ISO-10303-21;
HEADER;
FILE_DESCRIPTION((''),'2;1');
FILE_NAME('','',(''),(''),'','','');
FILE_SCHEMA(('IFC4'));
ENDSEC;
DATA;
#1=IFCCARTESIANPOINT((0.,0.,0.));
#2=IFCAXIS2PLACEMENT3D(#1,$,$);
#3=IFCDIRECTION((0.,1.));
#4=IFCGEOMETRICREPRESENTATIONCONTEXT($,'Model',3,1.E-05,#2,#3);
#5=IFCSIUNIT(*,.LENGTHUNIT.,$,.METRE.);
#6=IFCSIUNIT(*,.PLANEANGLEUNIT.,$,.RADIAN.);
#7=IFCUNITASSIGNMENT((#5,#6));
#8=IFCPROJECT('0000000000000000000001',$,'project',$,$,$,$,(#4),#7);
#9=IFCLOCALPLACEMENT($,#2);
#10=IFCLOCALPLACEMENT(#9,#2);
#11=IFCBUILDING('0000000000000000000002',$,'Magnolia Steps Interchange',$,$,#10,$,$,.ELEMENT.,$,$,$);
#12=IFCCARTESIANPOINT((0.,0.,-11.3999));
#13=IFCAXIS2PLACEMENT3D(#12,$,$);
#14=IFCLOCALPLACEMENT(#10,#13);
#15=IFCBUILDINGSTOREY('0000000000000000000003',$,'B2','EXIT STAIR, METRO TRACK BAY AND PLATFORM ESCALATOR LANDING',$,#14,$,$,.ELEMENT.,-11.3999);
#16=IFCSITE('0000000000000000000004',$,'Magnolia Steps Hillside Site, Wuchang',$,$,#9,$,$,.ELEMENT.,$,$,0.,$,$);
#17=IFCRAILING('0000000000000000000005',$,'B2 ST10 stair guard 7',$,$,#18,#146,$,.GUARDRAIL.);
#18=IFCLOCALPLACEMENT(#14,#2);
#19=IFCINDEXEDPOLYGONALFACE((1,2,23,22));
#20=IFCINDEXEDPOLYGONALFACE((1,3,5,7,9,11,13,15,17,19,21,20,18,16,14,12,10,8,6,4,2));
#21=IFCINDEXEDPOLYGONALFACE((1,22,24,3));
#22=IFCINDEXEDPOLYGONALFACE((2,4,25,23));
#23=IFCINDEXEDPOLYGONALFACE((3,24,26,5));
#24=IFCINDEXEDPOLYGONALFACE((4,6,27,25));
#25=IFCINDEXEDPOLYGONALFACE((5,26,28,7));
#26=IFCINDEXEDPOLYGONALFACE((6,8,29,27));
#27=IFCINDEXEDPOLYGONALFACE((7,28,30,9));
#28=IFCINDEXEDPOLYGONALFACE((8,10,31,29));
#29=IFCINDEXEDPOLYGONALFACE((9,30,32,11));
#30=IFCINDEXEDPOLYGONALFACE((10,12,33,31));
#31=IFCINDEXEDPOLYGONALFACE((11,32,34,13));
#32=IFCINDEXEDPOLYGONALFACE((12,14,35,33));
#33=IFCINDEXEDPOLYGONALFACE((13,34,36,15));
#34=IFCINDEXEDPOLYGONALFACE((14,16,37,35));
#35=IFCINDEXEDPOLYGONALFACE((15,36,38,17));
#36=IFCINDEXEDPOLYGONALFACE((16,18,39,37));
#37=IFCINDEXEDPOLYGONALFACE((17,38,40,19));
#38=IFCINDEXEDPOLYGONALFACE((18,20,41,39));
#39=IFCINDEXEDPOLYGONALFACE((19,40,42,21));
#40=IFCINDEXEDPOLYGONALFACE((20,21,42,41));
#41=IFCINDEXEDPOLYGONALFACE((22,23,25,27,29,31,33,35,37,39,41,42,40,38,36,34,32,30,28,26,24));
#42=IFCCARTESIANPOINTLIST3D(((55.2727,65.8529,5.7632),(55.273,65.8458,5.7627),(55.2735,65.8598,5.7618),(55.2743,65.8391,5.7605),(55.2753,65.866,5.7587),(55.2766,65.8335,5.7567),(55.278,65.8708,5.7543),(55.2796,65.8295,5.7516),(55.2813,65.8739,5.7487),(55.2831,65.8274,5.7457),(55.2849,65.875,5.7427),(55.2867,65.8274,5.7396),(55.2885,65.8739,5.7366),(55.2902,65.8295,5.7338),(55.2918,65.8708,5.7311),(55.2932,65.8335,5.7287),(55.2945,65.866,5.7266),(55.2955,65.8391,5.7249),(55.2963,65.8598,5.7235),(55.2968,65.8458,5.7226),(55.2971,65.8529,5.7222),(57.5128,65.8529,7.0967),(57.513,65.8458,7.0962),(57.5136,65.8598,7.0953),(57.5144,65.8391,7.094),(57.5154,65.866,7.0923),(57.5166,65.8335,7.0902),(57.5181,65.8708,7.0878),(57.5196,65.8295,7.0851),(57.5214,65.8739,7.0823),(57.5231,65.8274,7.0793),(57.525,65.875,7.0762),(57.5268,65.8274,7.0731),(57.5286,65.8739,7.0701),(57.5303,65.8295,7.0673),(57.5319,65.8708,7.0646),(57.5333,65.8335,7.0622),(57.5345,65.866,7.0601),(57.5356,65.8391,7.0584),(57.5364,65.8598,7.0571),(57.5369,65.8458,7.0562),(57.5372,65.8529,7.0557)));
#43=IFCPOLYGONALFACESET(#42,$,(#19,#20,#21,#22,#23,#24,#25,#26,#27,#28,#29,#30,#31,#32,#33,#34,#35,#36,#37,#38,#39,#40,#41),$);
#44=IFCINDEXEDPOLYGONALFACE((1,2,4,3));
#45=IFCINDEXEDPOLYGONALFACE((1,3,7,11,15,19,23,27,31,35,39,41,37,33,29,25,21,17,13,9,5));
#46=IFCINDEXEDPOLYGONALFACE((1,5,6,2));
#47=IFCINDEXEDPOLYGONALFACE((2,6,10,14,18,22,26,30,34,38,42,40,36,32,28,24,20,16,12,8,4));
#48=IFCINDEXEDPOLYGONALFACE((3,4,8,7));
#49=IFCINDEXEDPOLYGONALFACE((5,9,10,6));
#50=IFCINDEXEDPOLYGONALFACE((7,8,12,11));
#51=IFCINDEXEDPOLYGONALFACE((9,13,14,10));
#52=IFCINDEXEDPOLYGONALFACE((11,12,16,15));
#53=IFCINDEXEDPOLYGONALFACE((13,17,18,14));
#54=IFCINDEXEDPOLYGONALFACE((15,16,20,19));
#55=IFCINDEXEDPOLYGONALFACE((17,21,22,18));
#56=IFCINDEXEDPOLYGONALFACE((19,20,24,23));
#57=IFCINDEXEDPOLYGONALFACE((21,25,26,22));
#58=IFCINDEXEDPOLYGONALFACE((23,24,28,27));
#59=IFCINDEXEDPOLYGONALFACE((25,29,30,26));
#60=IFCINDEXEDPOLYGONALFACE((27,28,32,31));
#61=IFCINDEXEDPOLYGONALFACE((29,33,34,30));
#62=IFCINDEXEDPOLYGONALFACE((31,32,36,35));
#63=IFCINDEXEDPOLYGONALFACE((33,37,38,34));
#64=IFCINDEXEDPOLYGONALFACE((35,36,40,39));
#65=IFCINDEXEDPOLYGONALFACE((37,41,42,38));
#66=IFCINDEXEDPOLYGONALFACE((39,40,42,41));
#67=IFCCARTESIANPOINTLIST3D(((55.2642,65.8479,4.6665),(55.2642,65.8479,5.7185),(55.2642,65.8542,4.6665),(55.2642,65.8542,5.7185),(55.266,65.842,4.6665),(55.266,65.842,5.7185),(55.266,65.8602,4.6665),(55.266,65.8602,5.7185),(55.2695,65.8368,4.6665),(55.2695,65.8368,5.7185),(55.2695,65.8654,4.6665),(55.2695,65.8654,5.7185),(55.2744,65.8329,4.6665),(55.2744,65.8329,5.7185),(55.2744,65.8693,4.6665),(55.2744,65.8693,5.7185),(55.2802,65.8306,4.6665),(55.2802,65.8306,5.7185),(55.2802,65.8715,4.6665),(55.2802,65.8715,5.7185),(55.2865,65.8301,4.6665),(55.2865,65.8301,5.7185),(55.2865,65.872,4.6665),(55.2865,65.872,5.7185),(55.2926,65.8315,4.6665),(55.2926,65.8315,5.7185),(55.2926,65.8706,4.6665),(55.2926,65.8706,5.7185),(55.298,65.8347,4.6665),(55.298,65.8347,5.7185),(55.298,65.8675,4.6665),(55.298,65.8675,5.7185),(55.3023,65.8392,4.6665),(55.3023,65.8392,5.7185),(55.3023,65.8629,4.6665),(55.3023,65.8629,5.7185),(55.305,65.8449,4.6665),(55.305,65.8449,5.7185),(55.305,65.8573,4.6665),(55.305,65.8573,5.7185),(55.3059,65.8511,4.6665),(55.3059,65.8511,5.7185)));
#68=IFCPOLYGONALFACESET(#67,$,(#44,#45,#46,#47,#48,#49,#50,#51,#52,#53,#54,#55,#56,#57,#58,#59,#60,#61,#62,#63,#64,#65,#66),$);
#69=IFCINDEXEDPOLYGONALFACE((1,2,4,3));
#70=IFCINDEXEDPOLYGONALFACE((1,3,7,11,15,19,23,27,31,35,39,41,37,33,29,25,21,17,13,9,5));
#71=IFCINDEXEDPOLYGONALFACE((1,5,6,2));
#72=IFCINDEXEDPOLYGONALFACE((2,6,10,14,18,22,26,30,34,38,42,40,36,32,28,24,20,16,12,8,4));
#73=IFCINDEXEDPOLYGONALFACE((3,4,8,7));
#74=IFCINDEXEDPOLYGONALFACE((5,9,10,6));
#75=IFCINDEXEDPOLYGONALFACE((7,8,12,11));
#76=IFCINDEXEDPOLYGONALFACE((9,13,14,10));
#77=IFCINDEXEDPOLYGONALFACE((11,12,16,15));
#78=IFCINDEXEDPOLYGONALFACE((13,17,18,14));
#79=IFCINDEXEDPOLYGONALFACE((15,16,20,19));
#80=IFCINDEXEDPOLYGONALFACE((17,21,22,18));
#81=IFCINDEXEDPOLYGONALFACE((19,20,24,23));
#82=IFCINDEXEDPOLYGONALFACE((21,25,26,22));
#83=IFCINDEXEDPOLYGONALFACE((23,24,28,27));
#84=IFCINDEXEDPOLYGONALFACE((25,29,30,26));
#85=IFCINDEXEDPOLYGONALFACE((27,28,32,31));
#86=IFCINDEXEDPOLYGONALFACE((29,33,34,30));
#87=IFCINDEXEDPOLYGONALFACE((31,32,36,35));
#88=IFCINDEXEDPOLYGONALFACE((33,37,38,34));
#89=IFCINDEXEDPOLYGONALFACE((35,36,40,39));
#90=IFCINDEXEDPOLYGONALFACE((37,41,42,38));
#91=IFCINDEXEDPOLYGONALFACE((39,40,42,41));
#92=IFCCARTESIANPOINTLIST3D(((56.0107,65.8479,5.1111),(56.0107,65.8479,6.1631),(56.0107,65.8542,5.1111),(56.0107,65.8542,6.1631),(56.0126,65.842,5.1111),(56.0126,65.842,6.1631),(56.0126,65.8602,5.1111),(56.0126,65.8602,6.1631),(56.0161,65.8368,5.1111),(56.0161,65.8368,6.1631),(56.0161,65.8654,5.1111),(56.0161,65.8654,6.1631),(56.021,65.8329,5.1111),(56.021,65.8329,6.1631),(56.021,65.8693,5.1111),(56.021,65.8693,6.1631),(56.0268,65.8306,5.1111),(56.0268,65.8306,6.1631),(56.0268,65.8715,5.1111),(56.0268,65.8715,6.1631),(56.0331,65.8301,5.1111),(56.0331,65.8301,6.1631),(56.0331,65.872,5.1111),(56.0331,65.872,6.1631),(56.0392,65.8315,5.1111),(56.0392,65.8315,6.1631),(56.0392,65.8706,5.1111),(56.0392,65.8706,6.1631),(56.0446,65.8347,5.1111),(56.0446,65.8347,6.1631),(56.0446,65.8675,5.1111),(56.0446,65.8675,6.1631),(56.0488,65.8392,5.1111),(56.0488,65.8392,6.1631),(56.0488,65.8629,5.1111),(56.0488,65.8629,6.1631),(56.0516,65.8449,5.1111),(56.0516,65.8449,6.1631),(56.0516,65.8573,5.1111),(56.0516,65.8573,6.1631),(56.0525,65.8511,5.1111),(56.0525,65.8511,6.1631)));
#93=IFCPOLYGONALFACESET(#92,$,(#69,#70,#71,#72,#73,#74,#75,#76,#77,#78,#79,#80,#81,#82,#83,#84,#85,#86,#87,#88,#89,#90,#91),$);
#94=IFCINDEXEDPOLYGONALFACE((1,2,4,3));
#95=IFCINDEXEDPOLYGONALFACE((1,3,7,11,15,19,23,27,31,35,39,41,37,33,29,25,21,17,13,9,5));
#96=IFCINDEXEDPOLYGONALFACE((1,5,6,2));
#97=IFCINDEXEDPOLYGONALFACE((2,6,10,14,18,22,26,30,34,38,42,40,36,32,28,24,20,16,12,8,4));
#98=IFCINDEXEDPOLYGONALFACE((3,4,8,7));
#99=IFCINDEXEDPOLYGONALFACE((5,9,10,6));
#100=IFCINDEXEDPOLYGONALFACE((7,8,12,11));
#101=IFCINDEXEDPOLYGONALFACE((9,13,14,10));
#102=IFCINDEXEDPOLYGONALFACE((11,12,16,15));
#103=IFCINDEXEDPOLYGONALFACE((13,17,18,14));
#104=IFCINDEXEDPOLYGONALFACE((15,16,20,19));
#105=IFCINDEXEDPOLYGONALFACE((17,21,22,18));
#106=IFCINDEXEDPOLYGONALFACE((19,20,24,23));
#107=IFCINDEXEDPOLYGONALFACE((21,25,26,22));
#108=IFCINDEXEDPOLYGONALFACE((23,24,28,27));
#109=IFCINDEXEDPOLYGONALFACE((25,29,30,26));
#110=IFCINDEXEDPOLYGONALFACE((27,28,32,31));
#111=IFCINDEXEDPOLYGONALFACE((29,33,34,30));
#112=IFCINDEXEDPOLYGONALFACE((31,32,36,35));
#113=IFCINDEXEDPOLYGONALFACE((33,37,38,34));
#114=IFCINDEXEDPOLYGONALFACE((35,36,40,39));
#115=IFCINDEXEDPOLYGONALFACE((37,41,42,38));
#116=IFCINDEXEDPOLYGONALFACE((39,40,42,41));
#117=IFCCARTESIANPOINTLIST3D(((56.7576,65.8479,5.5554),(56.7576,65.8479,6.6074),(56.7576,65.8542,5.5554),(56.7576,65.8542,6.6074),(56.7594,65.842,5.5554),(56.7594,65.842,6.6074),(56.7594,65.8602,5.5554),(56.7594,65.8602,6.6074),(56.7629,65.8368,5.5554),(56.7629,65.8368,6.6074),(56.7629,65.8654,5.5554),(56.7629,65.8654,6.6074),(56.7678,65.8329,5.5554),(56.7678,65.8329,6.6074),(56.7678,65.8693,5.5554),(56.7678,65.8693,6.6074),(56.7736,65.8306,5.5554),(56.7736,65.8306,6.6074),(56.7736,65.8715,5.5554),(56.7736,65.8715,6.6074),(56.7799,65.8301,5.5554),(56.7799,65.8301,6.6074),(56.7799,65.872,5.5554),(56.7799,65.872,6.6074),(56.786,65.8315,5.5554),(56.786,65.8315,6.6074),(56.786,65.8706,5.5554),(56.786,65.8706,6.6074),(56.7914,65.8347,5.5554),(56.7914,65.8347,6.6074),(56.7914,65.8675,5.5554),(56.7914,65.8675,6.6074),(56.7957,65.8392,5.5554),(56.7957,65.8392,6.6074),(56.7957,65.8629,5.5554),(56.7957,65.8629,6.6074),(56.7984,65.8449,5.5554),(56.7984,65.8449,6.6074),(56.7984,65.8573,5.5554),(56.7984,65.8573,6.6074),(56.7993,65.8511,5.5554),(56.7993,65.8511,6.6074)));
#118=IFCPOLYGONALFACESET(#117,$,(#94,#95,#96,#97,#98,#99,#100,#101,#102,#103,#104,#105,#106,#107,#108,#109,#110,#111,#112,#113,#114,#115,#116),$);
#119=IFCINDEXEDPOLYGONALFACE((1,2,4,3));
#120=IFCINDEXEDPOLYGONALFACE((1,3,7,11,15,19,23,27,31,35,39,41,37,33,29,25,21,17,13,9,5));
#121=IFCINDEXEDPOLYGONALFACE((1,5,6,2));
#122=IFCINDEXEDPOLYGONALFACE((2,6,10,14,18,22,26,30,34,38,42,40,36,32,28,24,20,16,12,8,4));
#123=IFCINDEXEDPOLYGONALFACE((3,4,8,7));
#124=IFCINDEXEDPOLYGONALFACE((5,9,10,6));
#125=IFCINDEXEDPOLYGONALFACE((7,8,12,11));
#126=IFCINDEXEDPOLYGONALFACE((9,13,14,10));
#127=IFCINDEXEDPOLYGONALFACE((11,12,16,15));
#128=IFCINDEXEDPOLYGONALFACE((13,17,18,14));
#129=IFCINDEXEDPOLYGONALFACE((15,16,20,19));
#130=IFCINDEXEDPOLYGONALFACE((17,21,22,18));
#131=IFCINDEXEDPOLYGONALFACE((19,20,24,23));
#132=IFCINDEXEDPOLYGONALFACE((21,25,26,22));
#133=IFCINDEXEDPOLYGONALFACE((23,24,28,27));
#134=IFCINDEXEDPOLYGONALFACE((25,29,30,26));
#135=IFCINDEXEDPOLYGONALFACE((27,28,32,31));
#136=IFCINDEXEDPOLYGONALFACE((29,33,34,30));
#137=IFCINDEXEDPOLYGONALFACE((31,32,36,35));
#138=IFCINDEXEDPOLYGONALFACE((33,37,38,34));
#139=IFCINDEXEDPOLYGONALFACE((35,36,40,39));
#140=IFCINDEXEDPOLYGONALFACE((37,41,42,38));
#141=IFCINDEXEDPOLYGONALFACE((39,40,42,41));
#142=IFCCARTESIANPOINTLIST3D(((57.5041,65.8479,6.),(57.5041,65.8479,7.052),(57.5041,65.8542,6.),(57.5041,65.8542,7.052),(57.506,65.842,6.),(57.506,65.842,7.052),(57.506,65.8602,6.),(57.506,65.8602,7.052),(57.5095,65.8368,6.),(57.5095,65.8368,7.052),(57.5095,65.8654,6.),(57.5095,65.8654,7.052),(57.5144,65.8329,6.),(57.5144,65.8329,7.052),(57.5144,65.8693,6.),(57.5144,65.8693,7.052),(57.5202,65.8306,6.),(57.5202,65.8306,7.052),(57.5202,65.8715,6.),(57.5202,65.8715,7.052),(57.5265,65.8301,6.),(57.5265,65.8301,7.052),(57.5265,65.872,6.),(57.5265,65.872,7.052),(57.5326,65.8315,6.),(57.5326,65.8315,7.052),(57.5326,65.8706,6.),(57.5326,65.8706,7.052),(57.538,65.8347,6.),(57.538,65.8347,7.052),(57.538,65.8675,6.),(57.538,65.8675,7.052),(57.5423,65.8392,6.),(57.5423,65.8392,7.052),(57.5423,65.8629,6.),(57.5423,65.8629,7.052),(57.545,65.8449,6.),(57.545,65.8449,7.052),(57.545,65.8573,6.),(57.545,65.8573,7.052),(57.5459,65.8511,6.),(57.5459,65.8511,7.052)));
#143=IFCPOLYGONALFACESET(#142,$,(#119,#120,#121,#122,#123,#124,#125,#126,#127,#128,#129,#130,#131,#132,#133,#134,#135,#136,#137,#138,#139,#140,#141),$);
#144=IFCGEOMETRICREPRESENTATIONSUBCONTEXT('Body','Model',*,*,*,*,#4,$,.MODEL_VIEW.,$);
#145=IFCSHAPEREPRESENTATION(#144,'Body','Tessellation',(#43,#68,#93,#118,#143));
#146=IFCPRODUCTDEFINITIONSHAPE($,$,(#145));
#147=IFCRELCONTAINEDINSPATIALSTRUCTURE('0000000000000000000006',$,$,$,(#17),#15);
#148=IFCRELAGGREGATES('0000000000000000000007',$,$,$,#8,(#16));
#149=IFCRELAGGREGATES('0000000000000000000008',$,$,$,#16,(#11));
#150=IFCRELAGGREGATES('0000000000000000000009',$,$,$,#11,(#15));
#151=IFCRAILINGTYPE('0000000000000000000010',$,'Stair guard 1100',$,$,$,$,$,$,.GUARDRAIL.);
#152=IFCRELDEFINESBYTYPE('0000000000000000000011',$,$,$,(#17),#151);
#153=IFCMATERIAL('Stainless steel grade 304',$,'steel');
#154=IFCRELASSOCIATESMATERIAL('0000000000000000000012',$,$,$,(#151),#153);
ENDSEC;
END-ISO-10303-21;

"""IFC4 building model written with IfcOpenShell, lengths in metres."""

from ifc_helpers import new_model, si_unit, direction, frame, origin, origin_2d, place, context, subcontext, project, spatial, circle, extrude, material, type_object, element, save


model = new_model("IFC4")

# Units and contexts
model_context = context("Model", 3, precision=1e-05, world=origin(), true_north=direction((0.0, 1.0)))
body_context = subcontext(model_context, "Body", "Model", "MODEL_VIEW")
ifc_project = project(units=[si_unit("LENGTHUNIT", "METRE"), si_unit("PLANEANGLEUNIT", "RADIAN")], contexts=[model_context])

# Site, building, storey
site_placement = place(None, origin())
site = spatial("IfcSite", under=ifc_project, at=site_placement, Name="Magnolia Steps Hillside Site, Wuchang", CompositionType="ELEMENT", RefElevation=0.0)
building_placement = place(site_placement, origin())
building = spatial("IfcBuilding", under=site, at=building_placement, Name="Magnolia Steps Interchange", CompositionType="ELEMENT")
storey_placement = place(building_placement, frame((0.0, 0.0, -11.3999)))
storey = spatial("IfcBuildingStorey", under=building, at=storey_placement, Name="B2", Description="EXIT STAIR, METRO TRACK BAY AND PLATFORM ESCALATOR LANDING", CompositionType="ELEMENT", Elevation=-11.3999)

# Railing
ifc_material_1 = material(Name="Stainless steel grade 304", Category="steel")
railing_type_1 = type_object("IfcRailingType", Name="Stair guard 1100", PredefinedType="GUARDRAIL", material=ifc_material_1)
railing_1_placement = place(storey_placement, frame((55.2849, 65.8511, 4.6665)))
element("IfcRailing", 1, at=railing_1_placement, inside=storey, type_object=railing_type_1, Name="B2 ST10 stair guard 7", PredefinedType="GUARDRAIL", context=body_context, shape_type="SweptSolid", body=[
    extrude(circle(Radius=0.0239, at=origin_2d()), frame((0.0, 0.0, 1.0762), z_axis=(0.859264, 0.0, 0.511532), x_axis=(0.0, 1.0, 0.0)), (0.0, 0.0, 1.0), 2.6069),
    extrude(circle(Radius=0.021, at=origin_2d()), origin(), (0.0, 0.0, 1.0), 1.052),
    extrude(circle(Radius=0.021, at=origin_2d()), frame((0.7466, 0.0, 0.4446)), (0.0, 0.0, 1.0), 1.052),
    extrude(circle(Radius=0.021, at=origin_2d()), frame((1.4934, 0.0, 0.8889)), (0.0, 0.0, 1.0), 1.052),
    extrude(circle(Radius=0.021, at=origin_2d()), frame((2.24, 0.0, 1.3335)), (0.0, 0.0, 1.0), 1.052),
])

save(model, "model.ifc")
